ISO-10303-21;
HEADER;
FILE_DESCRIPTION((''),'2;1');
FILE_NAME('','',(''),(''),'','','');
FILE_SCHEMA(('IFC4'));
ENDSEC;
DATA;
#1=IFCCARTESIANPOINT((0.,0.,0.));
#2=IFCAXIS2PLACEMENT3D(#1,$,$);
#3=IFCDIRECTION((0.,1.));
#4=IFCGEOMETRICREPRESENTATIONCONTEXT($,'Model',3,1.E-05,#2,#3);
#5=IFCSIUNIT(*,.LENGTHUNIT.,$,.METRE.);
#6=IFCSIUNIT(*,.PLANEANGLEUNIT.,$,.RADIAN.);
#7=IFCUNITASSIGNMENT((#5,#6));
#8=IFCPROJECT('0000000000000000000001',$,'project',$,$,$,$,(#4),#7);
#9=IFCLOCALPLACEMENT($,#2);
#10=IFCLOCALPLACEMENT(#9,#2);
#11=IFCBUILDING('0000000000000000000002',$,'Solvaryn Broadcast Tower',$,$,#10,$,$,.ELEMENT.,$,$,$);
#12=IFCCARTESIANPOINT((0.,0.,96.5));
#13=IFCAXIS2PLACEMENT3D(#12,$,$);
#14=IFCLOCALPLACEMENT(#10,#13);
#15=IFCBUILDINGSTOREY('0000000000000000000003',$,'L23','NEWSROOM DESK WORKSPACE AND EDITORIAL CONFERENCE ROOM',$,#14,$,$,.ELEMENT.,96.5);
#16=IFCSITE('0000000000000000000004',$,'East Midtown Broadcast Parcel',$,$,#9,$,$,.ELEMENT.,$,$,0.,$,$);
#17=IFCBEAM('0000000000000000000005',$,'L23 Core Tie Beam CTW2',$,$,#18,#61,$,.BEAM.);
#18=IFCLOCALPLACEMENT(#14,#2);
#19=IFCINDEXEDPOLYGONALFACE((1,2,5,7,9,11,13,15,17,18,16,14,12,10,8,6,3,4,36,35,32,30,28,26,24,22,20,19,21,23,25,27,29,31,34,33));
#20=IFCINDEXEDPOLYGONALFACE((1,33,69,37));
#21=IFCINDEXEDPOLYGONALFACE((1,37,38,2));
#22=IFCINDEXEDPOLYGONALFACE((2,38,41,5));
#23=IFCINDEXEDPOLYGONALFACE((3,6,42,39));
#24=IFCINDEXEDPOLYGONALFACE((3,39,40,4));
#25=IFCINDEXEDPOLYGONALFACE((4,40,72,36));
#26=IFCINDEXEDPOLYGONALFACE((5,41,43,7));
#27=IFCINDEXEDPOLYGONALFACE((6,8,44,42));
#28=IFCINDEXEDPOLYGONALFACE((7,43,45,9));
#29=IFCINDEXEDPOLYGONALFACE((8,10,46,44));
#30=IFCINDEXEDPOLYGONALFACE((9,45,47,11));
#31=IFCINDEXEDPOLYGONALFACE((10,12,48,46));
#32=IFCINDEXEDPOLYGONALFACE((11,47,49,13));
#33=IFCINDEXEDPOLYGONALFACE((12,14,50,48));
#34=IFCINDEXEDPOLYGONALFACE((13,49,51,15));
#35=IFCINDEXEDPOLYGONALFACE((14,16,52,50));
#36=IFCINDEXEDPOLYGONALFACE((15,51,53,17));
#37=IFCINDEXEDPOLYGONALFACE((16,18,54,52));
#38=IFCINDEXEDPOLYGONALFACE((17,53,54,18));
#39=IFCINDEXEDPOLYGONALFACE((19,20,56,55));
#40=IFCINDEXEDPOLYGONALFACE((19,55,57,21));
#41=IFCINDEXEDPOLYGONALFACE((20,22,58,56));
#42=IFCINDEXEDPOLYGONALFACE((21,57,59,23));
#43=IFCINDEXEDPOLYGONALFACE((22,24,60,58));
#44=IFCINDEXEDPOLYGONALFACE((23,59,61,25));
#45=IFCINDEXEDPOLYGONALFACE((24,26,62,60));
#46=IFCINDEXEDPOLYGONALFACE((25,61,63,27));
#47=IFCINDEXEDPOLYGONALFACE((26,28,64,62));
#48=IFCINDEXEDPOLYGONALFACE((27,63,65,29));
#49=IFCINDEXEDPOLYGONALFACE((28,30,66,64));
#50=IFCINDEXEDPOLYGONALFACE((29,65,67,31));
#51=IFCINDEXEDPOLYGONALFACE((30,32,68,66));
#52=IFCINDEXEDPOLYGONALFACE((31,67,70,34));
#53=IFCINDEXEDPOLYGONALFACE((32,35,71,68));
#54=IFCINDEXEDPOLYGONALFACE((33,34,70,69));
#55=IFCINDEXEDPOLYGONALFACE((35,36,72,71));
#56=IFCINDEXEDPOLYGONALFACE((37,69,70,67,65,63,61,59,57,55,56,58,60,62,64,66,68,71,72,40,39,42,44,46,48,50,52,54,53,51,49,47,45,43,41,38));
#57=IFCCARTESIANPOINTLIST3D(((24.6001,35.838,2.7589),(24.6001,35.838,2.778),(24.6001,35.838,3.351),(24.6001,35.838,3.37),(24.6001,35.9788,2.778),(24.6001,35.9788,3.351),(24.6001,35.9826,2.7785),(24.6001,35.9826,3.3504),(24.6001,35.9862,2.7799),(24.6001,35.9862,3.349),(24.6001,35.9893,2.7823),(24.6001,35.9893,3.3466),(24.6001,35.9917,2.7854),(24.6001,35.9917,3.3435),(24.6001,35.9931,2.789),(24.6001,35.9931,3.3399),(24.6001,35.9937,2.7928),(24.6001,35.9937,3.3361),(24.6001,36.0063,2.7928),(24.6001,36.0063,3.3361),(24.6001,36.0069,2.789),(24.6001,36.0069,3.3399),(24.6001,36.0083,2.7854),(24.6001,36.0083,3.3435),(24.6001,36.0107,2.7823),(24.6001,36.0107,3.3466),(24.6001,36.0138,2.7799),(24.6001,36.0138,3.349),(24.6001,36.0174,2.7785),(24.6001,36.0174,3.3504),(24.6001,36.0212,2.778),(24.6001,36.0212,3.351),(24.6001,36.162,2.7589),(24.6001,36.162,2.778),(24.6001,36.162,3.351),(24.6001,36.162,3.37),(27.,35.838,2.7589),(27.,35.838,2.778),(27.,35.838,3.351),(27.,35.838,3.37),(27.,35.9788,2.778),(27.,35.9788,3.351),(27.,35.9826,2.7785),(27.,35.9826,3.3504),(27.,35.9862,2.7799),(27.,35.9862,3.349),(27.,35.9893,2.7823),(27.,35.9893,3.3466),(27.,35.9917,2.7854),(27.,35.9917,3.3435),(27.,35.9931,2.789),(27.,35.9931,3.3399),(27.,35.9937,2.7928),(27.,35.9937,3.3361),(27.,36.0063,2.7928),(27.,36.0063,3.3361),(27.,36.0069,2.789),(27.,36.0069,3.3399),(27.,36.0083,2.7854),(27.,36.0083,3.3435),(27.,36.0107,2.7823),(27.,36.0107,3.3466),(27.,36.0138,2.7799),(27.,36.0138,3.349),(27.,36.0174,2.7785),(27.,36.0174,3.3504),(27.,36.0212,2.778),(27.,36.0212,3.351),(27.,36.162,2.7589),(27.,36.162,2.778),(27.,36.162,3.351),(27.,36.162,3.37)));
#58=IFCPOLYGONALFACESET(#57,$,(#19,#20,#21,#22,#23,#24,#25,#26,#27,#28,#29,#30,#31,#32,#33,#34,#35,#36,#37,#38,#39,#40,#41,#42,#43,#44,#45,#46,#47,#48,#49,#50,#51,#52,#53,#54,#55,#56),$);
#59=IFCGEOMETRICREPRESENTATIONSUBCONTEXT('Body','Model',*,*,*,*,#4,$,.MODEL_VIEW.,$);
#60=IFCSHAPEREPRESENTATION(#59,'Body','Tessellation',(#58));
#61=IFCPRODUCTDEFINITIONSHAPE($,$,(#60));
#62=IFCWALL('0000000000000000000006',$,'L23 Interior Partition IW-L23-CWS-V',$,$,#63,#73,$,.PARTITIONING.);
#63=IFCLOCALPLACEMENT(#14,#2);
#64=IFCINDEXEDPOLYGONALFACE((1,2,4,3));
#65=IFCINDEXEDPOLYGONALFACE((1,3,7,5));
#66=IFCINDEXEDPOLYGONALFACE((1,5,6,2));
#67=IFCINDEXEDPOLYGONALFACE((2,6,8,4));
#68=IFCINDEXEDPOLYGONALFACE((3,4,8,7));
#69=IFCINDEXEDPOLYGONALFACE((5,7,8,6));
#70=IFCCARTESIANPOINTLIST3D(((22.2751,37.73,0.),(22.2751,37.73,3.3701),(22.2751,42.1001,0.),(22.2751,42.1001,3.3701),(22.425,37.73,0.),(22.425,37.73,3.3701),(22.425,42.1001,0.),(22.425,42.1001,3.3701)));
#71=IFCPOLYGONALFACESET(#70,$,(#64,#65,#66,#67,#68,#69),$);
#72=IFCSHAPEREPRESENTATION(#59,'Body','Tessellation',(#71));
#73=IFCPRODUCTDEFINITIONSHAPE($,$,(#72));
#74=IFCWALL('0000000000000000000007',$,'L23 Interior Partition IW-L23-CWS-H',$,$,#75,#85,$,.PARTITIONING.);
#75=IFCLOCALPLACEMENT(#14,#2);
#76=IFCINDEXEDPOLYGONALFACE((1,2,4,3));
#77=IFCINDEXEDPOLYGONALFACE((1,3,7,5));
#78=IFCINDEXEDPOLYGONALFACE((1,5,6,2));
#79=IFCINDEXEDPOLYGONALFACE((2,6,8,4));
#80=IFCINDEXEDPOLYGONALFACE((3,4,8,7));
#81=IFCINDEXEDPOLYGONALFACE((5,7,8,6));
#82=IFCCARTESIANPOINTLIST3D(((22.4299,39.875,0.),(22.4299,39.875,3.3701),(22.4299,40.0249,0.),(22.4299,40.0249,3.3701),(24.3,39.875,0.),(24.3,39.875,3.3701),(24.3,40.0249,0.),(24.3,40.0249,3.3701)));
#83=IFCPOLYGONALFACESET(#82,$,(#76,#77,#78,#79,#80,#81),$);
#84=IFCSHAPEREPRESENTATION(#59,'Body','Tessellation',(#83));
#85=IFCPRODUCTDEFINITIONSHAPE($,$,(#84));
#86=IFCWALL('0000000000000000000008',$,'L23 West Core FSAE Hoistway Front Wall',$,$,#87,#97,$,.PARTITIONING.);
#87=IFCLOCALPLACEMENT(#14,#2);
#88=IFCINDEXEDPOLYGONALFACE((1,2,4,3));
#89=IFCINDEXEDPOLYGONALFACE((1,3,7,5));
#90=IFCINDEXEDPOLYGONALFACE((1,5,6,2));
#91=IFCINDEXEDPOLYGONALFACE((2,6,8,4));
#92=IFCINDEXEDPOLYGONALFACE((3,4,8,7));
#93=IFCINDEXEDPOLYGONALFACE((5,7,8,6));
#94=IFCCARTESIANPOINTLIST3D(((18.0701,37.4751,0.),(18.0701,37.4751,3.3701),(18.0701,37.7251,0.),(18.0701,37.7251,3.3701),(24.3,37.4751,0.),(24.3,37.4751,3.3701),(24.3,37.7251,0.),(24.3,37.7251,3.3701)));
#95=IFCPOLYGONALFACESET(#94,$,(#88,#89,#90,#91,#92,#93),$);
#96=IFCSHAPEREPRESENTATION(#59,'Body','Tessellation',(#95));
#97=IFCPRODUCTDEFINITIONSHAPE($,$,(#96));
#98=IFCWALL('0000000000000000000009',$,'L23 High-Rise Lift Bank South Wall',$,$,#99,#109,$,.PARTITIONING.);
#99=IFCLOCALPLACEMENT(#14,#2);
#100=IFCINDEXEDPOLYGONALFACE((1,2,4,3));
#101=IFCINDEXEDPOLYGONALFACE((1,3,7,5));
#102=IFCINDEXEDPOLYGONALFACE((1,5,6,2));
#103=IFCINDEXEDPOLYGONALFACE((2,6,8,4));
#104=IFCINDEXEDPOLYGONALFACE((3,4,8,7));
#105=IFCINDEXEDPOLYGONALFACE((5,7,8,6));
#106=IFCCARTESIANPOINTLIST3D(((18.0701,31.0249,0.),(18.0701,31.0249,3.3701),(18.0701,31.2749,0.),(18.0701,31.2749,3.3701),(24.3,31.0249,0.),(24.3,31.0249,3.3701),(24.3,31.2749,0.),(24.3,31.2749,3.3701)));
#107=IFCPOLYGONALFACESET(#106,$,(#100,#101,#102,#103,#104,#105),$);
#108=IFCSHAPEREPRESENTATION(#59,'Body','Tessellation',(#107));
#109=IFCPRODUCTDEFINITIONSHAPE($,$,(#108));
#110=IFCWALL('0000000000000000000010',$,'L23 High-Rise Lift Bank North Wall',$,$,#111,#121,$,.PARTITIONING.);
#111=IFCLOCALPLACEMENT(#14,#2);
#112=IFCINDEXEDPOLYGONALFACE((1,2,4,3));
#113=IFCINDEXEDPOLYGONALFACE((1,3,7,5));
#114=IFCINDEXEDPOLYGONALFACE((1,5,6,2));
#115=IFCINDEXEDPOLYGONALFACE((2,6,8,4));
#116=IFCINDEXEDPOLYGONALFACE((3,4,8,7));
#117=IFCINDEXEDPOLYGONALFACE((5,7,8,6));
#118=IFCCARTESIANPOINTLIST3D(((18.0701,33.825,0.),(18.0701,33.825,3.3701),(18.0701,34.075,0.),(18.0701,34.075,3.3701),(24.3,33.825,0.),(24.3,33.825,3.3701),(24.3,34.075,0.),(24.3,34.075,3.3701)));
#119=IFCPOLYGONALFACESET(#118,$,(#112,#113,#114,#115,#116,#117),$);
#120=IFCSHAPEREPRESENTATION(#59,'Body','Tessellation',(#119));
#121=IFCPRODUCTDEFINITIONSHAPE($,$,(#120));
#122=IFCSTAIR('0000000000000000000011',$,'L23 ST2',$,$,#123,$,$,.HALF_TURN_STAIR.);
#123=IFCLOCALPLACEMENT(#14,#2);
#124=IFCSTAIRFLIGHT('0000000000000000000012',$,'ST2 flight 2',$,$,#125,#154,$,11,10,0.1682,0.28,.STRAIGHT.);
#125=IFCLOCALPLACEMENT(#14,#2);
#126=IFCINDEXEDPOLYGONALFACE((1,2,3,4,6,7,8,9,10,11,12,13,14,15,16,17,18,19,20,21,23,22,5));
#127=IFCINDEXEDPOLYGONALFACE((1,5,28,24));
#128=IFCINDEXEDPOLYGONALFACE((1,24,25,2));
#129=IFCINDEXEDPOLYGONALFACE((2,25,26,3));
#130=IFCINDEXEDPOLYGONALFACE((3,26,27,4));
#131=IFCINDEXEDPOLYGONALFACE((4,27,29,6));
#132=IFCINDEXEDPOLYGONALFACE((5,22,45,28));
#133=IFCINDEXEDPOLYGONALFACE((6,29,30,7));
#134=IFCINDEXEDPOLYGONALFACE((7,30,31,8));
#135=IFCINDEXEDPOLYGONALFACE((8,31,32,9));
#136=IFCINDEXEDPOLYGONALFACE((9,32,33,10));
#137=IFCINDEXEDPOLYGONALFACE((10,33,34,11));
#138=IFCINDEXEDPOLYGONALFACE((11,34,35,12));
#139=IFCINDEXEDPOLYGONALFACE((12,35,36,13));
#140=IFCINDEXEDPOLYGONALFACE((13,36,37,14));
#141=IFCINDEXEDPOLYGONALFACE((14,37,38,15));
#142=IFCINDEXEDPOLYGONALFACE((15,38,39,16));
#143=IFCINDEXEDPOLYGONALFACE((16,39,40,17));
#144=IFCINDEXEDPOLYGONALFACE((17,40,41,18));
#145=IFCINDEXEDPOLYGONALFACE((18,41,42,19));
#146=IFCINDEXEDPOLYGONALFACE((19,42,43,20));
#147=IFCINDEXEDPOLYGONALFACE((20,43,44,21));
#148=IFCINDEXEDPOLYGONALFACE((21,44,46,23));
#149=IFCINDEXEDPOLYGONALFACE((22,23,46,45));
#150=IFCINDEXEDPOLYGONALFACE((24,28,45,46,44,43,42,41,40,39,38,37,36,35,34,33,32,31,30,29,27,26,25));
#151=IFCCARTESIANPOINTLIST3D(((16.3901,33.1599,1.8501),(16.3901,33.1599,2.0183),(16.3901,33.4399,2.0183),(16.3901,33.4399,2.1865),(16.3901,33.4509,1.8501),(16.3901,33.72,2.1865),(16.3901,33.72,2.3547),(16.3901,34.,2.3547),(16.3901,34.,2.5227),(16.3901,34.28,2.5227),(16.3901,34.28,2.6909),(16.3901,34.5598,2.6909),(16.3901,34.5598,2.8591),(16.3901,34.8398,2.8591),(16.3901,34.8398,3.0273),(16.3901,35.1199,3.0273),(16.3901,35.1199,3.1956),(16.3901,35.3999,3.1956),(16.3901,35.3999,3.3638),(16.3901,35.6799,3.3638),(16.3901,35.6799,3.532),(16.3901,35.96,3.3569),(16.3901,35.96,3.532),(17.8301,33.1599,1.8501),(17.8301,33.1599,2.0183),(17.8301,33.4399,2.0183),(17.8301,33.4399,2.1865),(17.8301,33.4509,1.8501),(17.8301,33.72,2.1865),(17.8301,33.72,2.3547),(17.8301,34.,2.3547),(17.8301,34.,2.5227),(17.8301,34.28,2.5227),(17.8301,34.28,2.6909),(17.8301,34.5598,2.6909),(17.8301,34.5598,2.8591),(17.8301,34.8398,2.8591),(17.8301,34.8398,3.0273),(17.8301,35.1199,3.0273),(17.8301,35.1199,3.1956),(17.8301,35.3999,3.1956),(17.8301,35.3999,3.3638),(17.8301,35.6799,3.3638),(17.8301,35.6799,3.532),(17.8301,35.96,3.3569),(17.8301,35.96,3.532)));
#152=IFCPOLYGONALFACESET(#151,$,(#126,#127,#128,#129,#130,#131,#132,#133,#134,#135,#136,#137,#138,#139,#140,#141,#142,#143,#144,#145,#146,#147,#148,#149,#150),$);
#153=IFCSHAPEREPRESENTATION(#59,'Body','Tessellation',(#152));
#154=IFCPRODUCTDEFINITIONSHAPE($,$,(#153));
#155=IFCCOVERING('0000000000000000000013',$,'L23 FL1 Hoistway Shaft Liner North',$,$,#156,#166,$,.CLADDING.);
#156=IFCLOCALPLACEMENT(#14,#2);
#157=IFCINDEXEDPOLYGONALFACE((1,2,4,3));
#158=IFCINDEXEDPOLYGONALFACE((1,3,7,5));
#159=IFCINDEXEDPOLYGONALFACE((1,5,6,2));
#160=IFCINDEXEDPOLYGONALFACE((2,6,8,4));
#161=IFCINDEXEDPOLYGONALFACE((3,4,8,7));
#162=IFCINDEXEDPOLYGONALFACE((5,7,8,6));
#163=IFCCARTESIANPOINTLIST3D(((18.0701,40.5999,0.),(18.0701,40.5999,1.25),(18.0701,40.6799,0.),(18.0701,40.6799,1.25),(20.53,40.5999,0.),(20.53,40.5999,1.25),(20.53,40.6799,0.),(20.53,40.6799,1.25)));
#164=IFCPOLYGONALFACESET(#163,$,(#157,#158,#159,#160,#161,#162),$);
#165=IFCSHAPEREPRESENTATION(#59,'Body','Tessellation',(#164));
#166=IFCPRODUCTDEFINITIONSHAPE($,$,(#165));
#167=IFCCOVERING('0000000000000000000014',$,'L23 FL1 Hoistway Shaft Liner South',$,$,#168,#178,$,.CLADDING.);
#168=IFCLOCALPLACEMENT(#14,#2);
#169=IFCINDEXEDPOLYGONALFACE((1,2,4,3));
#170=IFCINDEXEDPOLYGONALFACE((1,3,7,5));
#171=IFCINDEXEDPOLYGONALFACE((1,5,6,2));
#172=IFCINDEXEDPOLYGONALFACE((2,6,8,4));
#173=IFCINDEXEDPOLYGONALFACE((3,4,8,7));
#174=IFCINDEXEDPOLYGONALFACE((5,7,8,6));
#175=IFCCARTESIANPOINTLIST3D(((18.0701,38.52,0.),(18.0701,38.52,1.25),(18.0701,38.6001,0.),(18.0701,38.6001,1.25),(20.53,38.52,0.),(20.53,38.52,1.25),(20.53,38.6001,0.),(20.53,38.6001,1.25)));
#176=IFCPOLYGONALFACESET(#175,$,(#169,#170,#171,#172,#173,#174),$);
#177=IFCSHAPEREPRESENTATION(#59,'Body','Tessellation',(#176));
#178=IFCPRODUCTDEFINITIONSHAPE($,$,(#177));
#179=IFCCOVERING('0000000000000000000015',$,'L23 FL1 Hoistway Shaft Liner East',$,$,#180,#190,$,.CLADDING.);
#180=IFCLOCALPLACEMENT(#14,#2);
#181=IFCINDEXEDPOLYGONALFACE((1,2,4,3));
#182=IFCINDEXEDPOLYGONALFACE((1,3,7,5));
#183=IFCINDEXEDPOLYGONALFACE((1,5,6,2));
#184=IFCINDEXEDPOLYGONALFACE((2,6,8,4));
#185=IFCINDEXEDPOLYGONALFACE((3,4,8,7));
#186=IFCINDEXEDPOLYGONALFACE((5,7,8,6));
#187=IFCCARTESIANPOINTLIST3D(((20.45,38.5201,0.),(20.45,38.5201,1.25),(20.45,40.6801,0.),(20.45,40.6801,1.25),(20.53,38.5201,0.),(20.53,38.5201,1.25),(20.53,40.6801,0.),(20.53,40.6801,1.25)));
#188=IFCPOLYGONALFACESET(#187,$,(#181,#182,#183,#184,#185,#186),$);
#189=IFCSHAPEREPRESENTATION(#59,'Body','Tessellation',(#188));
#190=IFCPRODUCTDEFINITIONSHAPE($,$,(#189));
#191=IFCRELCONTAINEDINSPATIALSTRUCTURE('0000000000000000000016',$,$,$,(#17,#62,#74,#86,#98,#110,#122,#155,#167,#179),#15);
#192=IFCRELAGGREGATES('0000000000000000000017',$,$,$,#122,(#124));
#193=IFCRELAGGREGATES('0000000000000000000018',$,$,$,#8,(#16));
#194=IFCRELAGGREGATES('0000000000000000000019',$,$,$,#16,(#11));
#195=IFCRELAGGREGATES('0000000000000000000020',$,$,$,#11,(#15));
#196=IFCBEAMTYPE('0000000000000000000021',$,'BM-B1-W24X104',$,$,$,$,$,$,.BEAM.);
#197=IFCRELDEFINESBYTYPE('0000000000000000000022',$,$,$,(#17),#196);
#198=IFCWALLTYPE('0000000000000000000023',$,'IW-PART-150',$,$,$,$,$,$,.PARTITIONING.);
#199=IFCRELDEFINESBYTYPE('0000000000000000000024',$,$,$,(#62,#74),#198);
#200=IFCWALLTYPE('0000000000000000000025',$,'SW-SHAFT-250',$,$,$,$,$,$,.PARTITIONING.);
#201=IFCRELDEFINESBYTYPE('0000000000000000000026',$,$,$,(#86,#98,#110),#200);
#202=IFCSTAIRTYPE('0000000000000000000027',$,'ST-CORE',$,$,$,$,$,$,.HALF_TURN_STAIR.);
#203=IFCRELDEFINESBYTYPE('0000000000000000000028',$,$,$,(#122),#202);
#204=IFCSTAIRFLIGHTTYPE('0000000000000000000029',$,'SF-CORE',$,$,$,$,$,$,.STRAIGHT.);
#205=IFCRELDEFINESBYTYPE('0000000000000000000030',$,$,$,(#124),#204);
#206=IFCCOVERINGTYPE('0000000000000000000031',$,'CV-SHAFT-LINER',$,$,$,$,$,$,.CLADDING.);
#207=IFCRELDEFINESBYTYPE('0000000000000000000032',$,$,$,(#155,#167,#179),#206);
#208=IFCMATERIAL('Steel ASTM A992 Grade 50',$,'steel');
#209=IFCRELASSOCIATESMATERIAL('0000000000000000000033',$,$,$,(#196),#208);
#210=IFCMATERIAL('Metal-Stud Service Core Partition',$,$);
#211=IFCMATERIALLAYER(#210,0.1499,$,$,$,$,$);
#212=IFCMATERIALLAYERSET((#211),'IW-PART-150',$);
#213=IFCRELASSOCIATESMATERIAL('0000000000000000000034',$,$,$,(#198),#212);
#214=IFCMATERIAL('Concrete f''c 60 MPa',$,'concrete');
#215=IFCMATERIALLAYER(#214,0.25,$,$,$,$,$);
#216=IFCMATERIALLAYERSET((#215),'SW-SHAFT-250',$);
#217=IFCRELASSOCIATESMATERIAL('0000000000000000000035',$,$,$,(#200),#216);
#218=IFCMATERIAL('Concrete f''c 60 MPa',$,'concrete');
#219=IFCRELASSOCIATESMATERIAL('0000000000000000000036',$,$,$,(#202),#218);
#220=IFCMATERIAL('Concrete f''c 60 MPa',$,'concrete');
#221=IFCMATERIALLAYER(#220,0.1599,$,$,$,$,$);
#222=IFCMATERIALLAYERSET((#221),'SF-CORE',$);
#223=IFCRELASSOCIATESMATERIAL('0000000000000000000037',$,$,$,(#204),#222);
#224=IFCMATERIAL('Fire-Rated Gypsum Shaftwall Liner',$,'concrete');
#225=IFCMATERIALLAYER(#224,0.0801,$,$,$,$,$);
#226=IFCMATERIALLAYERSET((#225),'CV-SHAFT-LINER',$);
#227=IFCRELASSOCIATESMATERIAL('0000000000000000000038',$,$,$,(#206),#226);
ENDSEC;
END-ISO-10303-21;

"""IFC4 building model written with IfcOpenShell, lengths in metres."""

from ifc_helpers import new_model, si_unit, direction, frame, frame_2d, origin, origin_2d, place, context, subcontext, project, spatial, polyline, rectangle, i_section, outline, extrude, material, layer, layer_set, material_profile, profile_set, type_object, element, aggregate, save


model = new_model("IFC4")

# Units and contexts
model_context = context("Model", 3, precision=1e-05, world=origin(), true_north=direction((0.0, 1.0)))
body_context = subcontext(model_context, "Body", "Model", "MODEL_VIEW")
ifc_project = project(units=[si_unit("LENGTHUNIT", "METRE"), si_unit("PLANEANGLEUNIT", "RADIAN")], contexts=[model_context])

# Site, building, storey
site_placement = place(None, origin())
site = spatial("IfcSite", under=ifc_project, at=site_placement, Name="East Midtown Broadcast Parcel", CompositionType="ELEMENT", RefElevation=0.0)
building_placement = place(site_placement, origin())
building = spatial("IfcBuilding", under=site, at=building_placement, Name="Solvaryn Broadcast Tower", CompositionType="ELEMENT")
storey_placement = place(building_placement, frame((0.0, 0.0, 96.5)))
storey = spatial("IfcBuildingStorey", under=building, at=storey_placement, Name="L23", Description="NEWSROOM DESK WORKSPACE AND EDITORIAL CONFERENCE ROOM", CompositionType="ELEMENT", Elevation=96.5)

# Beam
ifc_material_1 = material(Name="Steel ASTM A992 Grade 50", Category="steel")
ifc_material_profile = material_profile(ifc_material_1, i_section(OverallWidth=0.324, OverallDepth=0.6111, WebThickness=0.0127, FlangeThickness=0.019, FilletRadius=0.0149, at=origin_2d()))
ifc_profile_set = profile_set([ifc_material_profile], Name="Steel ASTM A992 Grade 50")
beam_type = type_object("IfcBeamType", Name="BM-B1-W24X104", PredefinedType="BEAM", material=ifc_profile_set)
beam_placement = place(storey_placement, frame((24.6001, 36.0, 3.0645), z_axis=(1.0, 0.0, 0.0), x_axis=(0.0, 1.0, 0.0)))
element("IfcBeam", 1, at=beam_placement, inside=storey, type_object=beam_type, Name="L23 Core Tie Beam CTW2", PredefinedType="BEAM", context=body_context, shape_type="SweptSolid", body=[
    extrude(i_section(OverallWidth=0.324, OverallDepth=0.6111, WebThickness=0.0127, FlangeThickness=0.019, FilletRadius=0.0149, at=origin_2d()), origin(), (0.0, 0.0, 1.0), 2.3999),
])

# Walls
ifc_material_2 = material(Name="Metal-Stud Service Core Partition")
ifc_layer_1 = layer(ifc_material_2, 0.1499)
ifc_layer_set_1 = layer_set([ifc_layer_1], Name="IW-PART-150")
wall_type_1 = type_object("IfcWallType", Name="IW-PART-150", PredefinedType="PARTITIONING", material=ifc_layer_set_1)
wall_1_placement = place(storey_placement, frame((22.3501, 37.73, 0.0), z_axis=(0.0, 0.0, 1.0), x_axis=(0.0, 1.0, 0.0)))
element("IfcWall", 2, at=wall_1_placement, inside=storey, type_object=wall_type_1, Name="L23 Interior Partition IW-L23-CWS-V", PredefinedType="PARTITIONING", context=body_context, shape_type="SweptSolid", body=[
    extrude(rectangle(XDim=4.3701, YDim=0.1499, at=frame_2d((2.1851, 0.0))), origin(), (0.0, 0.0, 1.0), 3.3701),
])
wall_2_placement = place(storey_placement, frame((22.4299, 39.95, 0.0), z_axis=(0.0, 0.0, 1.0), x_axis=(1.0, 0.0, 0.0)))
element("IfcWall", 3, at=wall_2_placement, inside=storey, type_object=wall_type_1, Name="L23 Interior Partition IW-L23-CWS-H", PredefinedType="PARTITIONING", context=body_context, shape_type="SweptSolid", body=[
    extrude(rectangle(XDim=1.8701, YDim=0.1499, at=frame_2d((0.9351, 0.0))), origin(), (0.0, 0.0, 1.0), 3.3701),
])
ifc_material_3 = material(Name="Concrete f'c 60 MPa", Category="concrete")
ifc_layer_2 = layer(ifc_material_3, 0.25)
ifc_layer_set_2 = layer_set([ifc_layer_2], Name="SW-SHAFT-250")
wall_type_2 = type_object("IfcWallType", Name="SW-SHAFT-250", PredefinedType="PARTITIONING", material=ifc_layer_set_2)
for number, where, z_axis, x_axis, name in (
    (4, (18.0701, 37.6001, 0.0), (0.0, 0.0, 1.0), (1.0, 0.0, 0.0), "L23 West Core FSAE Hoistway Front Wall"),
    (5, (18.0701, 31.1499, 0.0), (0.0, 0.0, 1.0), (1.0, 0.0, 0.0), "L23 High-Rise Lift Bank South Wall"),
    (6, (24.3, 33.95, 0.0), (0.0, 0.0, 1.0), (-1.0, 0.0, 0.0), "L23 High-Rise Lift Bank North Wall"),
):
    element("IfcWall", number, at=place(storey_placement, frame(where, z_axis=z_axis, x_axis=x_axis)), inside=storey, type_object=wall_type_2, Name=name, PredefinedType="PARTITIONING", context=body_context, shape_type="SweptSolid", body=[
        extrude(rectangle(XDim=6.23, YDim=0.25, at=frame_2d((3.115, 0.0))), origin(), (0.0, 0.0, 1.0), 3.3701),
    ])

# Stair, stair flight
ifc_material_4 = material(Name="Concrete f'c 60 MPa", Category="concrete")
stair_type = type_object("IfcStairType", Name="ST-CORE", PredefinedType="HALF_TURN_STAIR", material=ifc_material_4)
stair_placement = place(storey_placement, origin())
stair = element("IfcStair", 7, at=stair_placement, inside=storey, type_object=stair_type, Name="L23 ST2", PredefinedType="HALF_TURN_STAIR")
ifc_material_5 = material(Name="Concrete f'c 60 MPa", Category="concrete")
ifc_layer_3 = layer(ifc_material_5, 0.1599)
ifc_layer_set_3 = layer_set([ifc_layer_3], Name="SF-CORE")
stair_flight_type = type_object("IfcStairFlightType", Name="SF-CORE", PredefinedType="STRAIGHT", material=ifc_layer_set_3)
stair_flight_placement = place(storey_placement, frame((17.1101, 33.1599, 1.8501), z_axis=(0.0, 0.0, 1.0), x_axis=(0.0, 1.0, 0.0)))
stair_flight = element("IfcStairFlight", 8, at=stair_flight_placement, type_object=stair_flight_type, Name="ST2 flight 2", NumberOfRisers=11, NumberOfTreads=10, PredefinedType="STRAIGHT", RiserHeight=0.1682, TreadLength=0.28, context=body_context, shape_type="SweptSolid", body=[
    extrude(outline(polyline([(0.0, 0.0), (0.0, 0.1682), (0.28, 0.1682), (0.28, 0.3364), (0.5601, 0.3364), (0.5601, 0.5046), (0.8401, 0.5046), (0.8401, 0.6726), (1.1201, 0.6726), (1.1201, 0.8408), (1.3999, 0.8408), (1.3999, 1.009), (1.6799, 1.009), (1.6799, 1.1772), (1.96, 1.1772), (1.96, 1.3455), (2.24, 1.3455), (2.24, 1.5137), (2.52, 1.5137), (2.52, 1.6819), (2.8, 1.6819), (2.8, 1.8501), (2.8, 1.5068), (0.291, 0.0), (0.0, 0.0)])), frame((0.0, 0.72, 0.0), z_axis=(0.0, -1.0, 0.0), x_axis=(1.0, 0.0, 0.0)), (0.0, 0.0, 1.0), 1.4399),
])
aggregate(stair, [stair_flight])

# Coverings
ifc_material_6 = material(Name="Fire-Rated Gypsum Shaftwall Liner", Category="concrete")
ifc_layer_4 = layer(ifc_material_6, 0.0801)
ifc_layer_set_4 = layer_set([ifc_layer_4], Name="CV-SHAFT-LINER")
covering_type = type_object("IfcCoveringType", Name="CV-SHAFT-LINER", PredefinedType="CLADDING", material=ifc_layer_set_4)
for number, where, z_axis, x_axis, name in (
    (9, (19.3, 40.6399, 0.0), (0.0, 0.0, 1.0), (1.0, 0.0, 0.0), "L23 FL1 Hoistway Shaft Liner North"),
    (10, (19.3, 38.5601, 0.0), (0.0, 0.0, 1.0), (1.0, 0.0, 0.0), "L23 FL1 Hoistway Shaft Liner South"),
):
    element("IfcCovering", number, at=place(storey_placement, frame(where, z_axis=z_axis, x_axis=x_axis)), inside=storey, type_object=covering_type, Name=name, PredefinedType="CLADDING", context=body_context, shape_type="SweptSolid", body=[
        extrude(rectangle(XDim=2.46, YDim=0.0801, at=origin_2d()), origin(), (0.0, 0.0, 1.0), 1.25),
    ])
covering_placement = place(storey_placement, frame((20.49, 39.6001, 0.0), z_axis=(0.0, 0.0, 1.0), x_axis=(1.0, 0.0, 0.0)))
element("IfcCovering", 11, at=covering_placement, inside=storey, type_object=covering_type, Name="L23 FL1 Hoistway Shaft Liner East", PredefinedType="CLADDING", context=body_context, shape_type="SweptSolid", body=[
    extrude(rectangle(XDim=0.0801, YDim=2.1599, at=origin_2d()), origin(), (0.0, 0.0, 1.0), 1.25),
])

save(model, "model.ifc")
